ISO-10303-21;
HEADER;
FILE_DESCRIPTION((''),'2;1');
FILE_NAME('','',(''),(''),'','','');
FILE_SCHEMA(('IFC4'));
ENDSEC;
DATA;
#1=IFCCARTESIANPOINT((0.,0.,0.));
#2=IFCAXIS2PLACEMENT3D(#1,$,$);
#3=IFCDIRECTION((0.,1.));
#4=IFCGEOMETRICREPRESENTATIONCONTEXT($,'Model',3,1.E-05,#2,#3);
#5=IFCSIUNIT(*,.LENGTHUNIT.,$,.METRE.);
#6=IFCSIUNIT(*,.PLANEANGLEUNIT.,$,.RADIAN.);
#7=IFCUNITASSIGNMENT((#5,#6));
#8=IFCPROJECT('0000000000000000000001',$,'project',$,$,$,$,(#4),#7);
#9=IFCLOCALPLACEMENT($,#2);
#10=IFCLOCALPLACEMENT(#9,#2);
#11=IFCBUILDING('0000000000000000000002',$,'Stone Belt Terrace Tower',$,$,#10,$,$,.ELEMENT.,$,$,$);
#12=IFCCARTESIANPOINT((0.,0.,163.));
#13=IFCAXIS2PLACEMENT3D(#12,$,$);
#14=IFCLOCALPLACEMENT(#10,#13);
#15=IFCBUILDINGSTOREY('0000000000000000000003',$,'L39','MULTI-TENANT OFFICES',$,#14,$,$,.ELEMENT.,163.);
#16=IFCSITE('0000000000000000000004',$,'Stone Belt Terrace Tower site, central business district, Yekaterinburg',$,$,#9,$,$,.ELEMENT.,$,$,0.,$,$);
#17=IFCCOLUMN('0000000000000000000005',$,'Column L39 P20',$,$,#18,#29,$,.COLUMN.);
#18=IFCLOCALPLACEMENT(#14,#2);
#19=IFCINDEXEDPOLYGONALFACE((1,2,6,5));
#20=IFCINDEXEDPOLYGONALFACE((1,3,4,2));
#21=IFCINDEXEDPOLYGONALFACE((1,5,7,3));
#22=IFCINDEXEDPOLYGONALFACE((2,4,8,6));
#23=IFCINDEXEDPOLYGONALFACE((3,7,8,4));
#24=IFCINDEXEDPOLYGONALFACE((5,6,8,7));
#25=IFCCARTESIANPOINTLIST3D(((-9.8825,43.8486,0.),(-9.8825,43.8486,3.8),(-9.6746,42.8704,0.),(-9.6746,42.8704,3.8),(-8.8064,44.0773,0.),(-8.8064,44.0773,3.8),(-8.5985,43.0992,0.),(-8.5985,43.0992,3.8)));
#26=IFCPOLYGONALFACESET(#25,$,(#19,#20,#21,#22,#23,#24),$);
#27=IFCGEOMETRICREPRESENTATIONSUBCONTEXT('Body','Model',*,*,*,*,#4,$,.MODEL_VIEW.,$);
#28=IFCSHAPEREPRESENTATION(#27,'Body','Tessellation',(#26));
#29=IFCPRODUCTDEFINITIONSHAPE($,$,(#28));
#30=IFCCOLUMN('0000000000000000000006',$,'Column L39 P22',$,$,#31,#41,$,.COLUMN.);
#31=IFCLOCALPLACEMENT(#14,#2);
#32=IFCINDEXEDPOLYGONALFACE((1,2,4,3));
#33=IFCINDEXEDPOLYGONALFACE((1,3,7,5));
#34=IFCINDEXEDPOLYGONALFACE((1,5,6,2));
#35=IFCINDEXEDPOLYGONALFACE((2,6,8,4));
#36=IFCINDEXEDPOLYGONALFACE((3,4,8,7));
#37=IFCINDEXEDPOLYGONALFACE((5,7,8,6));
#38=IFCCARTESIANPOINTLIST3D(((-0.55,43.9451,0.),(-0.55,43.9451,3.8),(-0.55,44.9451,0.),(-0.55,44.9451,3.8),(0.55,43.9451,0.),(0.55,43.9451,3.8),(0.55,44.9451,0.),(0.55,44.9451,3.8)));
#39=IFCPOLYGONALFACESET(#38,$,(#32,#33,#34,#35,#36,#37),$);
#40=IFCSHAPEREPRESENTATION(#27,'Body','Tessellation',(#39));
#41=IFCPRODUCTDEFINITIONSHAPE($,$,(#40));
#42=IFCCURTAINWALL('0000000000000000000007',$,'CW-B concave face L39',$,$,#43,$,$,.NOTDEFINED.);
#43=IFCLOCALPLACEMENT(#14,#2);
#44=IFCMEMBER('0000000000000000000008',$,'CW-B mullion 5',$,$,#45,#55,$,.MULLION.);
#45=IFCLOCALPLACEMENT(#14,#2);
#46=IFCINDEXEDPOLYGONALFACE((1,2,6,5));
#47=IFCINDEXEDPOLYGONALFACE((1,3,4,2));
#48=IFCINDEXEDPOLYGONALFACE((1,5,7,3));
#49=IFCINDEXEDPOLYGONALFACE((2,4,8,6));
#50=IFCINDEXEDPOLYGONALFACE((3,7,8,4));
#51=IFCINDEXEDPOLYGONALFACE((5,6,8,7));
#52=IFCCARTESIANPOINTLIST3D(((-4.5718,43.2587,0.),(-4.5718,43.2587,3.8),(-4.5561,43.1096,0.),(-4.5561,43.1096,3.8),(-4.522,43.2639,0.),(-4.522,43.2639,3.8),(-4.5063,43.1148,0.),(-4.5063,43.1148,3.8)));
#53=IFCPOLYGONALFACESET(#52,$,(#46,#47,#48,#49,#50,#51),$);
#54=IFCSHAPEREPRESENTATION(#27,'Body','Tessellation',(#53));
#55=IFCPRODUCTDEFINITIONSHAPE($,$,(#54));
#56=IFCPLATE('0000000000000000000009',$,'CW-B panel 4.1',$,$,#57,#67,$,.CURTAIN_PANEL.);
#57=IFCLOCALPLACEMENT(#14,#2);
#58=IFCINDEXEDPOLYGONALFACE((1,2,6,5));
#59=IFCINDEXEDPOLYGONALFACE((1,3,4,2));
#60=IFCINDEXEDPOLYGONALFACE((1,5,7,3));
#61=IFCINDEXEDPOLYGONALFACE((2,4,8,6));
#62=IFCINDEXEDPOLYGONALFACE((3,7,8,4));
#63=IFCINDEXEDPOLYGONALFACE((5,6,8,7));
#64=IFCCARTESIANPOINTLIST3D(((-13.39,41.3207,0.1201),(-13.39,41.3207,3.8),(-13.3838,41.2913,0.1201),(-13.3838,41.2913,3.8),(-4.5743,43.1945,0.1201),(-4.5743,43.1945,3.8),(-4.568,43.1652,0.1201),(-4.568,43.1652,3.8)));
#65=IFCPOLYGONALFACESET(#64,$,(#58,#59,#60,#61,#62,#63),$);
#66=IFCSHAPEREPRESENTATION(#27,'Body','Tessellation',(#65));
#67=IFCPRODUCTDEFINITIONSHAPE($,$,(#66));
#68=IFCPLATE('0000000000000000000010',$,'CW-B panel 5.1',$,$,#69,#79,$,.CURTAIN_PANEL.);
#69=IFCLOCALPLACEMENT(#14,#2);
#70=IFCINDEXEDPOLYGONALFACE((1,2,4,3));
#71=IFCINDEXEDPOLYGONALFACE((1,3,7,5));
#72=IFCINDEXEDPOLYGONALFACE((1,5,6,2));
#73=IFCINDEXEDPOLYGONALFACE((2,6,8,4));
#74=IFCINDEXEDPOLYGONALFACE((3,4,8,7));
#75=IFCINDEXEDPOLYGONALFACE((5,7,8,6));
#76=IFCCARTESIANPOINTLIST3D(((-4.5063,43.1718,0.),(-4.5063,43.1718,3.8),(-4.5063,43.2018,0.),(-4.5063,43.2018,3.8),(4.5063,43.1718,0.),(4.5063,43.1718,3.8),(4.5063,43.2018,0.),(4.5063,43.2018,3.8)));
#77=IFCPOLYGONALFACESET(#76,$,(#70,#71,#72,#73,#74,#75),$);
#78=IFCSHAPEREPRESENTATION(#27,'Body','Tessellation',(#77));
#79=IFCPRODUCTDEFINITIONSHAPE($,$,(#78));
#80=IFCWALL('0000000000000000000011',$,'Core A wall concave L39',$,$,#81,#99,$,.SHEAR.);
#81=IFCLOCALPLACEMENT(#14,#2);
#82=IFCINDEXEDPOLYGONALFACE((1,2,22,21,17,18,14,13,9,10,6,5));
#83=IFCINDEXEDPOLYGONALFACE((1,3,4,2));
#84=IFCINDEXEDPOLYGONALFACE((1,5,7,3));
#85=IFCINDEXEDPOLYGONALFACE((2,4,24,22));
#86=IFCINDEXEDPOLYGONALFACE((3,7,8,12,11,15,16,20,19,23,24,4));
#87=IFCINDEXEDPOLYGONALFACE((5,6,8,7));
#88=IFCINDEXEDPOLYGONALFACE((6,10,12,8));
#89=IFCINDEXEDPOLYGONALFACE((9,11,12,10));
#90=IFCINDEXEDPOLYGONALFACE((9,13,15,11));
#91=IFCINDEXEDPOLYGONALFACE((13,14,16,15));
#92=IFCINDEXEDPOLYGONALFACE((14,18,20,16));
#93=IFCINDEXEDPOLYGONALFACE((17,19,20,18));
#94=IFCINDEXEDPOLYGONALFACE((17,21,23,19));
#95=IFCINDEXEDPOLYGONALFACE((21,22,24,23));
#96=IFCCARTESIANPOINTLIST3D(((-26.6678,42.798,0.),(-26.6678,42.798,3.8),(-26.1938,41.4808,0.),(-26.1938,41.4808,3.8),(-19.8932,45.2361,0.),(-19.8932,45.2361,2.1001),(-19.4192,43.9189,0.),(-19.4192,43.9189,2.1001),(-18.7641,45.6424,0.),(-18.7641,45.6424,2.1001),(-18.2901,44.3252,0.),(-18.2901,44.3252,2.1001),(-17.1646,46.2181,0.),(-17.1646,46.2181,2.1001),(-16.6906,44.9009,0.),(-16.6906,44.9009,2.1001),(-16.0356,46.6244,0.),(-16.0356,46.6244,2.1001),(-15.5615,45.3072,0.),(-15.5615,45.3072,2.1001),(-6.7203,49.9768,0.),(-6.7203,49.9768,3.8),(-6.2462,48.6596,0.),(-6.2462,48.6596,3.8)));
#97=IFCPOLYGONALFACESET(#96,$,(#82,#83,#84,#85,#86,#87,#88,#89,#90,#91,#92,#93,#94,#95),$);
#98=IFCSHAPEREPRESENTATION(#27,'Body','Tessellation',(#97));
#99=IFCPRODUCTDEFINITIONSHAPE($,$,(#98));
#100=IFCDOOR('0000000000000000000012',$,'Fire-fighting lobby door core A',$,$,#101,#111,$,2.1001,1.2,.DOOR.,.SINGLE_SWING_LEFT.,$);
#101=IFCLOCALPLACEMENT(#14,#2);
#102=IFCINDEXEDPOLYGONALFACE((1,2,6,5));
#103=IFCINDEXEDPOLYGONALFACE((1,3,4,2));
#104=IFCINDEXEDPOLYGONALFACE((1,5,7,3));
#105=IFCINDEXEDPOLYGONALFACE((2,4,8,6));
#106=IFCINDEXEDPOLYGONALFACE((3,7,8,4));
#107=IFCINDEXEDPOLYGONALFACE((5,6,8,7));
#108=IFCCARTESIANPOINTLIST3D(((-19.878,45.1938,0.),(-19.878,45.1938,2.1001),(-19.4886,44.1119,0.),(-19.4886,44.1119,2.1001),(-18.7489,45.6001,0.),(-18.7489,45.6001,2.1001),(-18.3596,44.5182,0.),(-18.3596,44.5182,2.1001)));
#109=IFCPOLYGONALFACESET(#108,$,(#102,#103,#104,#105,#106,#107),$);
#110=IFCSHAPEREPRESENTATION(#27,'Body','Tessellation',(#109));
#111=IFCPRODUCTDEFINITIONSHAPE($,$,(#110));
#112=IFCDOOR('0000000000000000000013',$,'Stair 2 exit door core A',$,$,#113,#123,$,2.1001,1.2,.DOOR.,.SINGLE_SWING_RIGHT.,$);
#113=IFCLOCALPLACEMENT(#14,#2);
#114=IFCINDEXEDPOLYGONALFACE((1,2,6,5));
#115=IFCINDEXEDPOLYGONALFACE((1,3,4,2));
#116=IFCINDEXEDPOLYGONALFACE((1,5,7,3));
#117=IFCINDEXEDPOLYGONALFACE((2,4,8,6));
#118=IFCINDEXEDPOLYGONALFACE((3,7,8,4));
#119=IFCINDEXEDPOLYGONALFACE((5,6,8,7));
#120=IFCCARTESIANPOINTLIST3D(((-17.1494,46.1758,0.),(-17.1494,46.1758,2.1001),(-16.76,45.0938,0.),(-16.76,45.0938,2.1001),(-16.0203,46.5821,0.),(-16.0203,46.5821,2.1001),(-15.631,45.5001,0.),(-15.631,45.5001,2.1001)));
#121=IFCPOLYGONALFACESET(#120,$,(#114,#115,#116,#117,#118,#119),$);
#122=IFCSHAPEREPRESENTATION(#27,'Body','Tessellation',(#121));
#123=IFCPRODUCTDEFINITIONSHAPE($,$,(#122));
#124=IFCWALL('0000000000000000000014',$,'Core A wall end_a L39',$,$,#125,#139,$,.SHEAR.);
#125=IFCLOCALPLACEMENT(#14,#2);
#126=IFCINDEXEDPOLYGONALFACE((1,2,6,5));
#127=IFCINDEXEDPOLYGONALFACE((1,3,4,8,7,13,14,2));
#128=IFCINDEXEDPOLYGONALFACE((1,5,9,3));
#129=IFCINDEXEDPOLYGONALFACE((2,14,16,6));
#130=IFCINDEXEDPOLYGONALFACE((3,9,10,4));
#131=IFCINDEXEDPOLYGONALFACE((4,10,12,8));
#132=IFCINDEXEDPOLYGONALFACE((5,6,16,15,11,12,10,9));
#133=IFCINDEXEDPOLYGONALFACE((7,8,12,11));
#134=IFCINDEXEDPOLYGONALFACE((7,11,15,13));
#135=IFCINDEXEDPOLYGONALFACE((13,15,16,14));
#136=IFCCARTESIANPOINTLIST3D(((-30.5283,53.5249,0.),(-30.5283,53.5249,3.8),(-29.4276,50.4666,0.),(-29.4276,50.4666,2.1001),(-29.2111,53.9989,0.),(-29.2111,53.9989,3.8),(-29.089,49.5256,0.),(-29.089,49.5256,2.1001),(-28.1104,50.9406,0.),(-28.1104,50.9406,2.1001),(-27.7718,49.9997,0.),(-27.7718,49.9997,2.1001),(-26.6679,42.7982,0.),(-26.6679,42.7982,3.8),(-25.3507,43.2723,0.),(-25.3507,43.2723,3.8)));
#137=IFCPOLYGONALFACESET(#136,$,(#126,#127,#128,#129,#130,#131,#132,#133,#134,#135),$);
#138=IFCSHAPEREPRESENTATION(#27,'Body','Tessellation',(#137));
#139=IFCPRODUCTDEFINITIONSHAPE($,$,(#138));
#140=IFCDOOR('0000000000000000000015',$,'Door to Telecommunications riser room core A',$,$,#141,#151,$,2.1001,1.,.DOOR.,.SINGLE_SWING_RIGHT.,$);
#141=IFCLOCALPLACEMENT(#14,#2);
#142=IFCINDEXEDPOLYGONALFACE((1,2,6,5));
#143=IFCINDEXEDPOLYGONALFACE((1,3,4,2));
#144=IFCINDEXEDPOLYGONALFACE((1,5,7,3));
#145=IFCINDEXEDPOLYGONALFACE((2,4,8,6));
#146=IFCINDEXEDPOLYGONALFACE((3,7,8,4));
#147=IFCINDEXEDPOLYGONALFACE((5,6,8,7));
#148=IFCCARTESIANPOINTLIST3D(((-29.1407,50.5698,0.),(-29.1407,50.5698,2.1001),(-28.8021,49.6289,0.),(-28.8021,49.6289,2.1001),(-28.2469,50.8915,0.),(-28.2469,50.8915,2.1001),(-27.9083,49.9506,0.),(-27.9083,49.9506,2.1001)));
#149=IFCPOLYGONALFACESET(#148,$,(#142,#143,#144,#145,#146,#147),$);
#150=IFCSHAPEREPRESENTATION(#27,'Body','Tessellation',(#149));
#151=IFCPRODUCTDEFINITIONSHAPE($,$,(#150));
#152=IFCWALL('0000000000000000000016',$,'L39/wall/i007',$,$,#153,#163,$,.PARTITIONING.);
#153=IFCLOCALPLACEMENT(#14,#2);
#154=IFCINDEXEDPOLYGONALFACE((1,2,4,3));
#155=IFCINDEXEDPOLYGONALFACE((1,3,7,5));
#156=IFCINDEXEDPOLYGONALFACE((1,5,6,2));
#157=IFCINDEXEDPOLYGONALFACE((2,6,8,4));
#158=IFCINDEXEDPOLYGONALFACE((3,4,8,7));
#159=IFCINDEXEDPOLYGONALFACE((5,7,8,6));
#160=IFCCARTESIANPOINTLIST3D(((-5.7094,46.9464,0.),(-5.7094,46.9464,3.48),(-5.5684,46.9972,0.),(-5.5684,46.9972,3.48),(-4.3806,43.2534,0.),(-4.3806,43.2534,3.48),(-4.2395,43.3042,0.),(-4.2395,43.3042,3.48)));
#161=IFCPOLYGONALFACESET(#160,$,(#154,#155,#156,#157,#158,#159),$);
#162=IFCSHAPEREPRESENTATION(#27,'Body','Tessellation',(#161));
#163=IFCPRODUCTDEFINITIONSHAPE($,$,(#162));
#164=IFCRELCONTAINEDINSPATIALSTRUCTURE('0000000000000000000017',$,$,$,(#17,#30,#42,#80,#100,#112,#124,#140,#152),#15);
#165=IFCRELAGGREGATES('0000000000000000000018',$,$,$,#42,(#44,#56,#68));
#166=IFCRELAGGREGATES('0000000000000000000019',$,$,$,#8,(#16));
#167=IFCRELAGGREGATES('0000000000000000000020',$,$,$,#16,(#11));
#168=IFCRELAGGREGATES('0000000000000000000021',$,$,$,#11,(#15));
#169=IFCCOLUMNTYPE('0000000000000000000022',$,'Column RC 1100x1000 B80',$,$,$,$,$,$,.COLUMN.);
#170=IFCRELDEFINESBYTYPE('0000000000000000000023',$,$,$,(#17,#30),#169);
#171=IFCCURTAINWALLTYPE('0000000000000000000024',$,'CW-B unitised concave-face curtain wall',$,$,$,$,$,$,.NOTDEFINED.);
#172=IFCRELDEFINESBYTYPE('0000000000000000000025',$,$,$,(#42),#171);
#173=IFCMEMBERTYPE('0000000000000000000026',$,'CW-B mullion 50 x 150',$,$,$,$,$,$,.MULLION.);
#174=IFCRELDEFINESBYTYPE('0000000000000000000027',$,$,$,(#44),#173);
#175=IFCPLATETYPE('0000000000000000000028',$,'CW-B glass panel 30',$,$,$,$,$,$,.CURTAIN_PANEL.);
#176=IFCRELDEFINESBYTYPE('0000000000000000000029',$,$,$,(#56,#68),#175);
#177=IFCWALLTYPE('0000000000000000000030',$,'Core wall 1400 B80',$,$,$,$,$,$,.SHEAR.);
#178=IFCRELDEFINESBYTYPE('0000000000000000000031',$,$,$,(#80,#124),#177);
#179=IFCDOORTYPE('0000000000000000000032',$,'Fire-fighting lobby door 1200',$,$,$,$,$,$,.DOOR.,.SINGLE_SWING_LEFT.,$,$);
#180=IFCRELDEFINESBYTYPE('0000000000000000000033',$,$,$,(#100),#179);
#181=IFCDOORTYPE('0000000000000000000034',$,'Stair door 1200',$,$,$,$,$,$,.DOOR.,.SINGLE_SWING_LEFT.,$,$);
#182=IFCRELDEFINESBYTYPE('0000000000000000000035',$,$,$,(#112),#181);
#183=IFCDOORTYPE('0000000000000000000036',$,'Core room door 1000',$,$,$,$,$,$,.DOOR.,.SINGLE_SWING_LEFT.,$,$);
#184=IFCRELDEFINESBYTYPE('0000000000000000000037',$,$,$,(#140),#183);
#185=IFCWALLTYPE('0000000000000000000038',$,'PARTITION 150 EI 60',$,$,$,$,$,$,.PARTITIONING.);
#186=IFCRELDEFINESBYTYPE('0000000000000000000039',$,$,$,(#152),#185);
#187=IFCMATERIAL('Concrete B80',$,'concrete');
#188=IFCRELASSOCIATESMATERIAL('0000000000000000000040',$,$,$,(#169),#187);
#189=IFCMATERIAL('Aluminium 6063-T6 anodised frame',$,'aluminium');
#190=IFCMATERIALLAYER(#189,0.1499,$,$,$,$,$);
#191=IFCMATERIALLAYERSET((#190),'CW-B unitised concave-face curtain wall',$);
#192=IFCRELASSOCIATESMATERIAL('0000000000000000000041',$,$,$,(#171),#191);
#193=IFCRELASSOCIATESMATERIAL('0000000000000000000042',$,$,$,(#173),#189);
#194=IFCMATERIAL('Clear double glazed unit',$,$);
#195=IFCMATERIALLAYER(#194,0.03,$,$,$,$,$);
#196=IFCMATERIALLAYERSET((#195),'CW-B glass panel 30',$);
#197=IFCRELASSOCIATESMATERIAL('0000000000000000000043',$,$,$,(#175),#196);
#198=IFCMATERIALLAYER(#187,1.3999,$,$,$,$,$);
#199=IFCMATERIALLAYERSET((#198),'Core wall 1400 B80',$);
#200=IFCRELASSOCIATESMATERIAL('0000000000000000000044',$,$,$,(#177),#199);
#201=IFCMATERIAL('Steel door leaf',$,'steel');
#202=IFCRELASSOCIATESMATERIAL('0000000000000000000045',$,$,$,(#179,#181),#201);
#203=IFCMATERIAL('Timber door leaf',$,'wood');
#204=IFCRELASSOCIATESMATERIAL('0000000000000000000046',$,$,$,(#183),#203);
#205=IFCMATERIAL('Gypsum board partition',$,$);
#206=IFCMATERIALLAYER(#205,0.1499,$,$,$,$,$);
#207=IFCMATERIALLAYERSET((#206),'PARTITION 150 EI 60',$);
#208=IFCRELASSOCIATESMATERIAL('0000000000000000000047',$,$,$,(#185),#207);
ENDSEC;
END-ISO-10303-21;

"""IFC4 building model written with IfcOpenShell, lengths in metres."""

from ifc_helpers import new_model, si_unit, direction, frame, frame_2d, origin, origin_2d, place, context, subcontext, project, spatial, rectangle, extrude, material, layer, layer_set, material_profile, profile_set, type_object, element, fill, aggregate, save


model = new_model("IFC4")

# Units and contexts
model_context = context("Model", 3, precision=1e-05, world=origin(), true_north=direction((0.0, 1.0)))
body_context = subcontext(model_context, "Body", "Model", "MODEL_VIEW")
ifc_project = project(units=[si_unit("LENGTHUNIT", "METRE"), si_unit("PLANEANGLEUNIT", "RADIAN")], contexts=[model_context])

# Site, building, storey
site_placement = place(None, origin())
site = spatial("IfcSite", under=ifc_project, at=site_placement, Name="Stone Belt Terrace Tower site, central business district, Yekaterinburg", CompositionType="ELEMENT", RefElevation=0.0)
building_placement = place(site_placement, origin())
building = spatial("IfcBuilding", under=site, at=building_placement, Name="Stone Belt Terrace Tower", CompositionType="ELEMENT")
storey_placement = place(building_placement, frame((0.0, 0.0, 163.0)))
storey = spatial("IfcBuildingStorey", under=building, at=storey_placement, Name="L39", Description="MULTI-TENANT OFFICES", CompositionType="ELEMENT", Elevation=163.0)

# Columns
ifc_material_1 = material(Name="Concrete B80", Category="concrete")
ifc_material_profile_1 = material_profile(ifc_material_1, rectangle(XDim=1.1001, YDim=1.0, at=origin_2d()), Name="RC 1100x1000")
ifc_profile_set_1 = profile_set([ifc_material_profile_1], Name="Concrete B80")
column_type = type_object("IfcColumnType", Name="Column RC 1100x1000 B80", PredefinedType="COLUMN", material=ifc_profile_set_1)
for number, where, z_axis, x_axis, name in (
    (1, (-9.2405, 43.4739, 0.0), (0.0, 0.0, 1.0), (0.978148, 0.207912, 0.0), "Column L39 P20"),
    (2, (0.0, 44.4451, 0.0), (0.0, 0.0, 1.0), (1.0, 0.0, 0.0), "Column L39 P22"),
):
    element("IfcColumn", number, at=place(storey_placement, frame(where, z_axis=z_axis, x_axis=x_axis)), inside=storey, type_object=column_type, Name=name, PredefinedType="COLUMN", context=body_context, shape_type="SweptSolid", body=[
        extrude(rectangle(XDim=1.1001, YDim=1.0, at=origin_2d()), origin(), (0.0, 0.0, 1.0), 3.8),
    ])

# Curtain wall, member, plates
ifc_material_2 = material(Name="Aluminium 6063-T6 anodised frame", Category="aluminium")
ifc_layer_1 = layer(ifc_material_2, 0.1499)
ifc_layer_set_1 = layer_set([ifc_layer_1], Name="CW-B unitised concave-face curtain wall")
curtain_wall_type = type_object("IfcCurtainWallType", Name="CW-B unitised concave-face curtain wall", PredefinedType="NOTDEFINED", material=ifc_layer_set_1)
curtain_wall_placement = place(storey_placement, origin())
curtain_wall = element("IfcCurtainWall", 3, at=curtain_wall_placement, inside=storey, type_object=curtain_wall_type, Name="CW-B concave face L39", PredefinedType="NOTDEFINED")
ifc_material_profile_2 = material_profile(ifc_material_2, rectangle(XDim=0.1499, YDim=0.05, at=origin_2d()), Name="Aluminium 6063-T6 50x150")
ifc_profile_set_2 = profile_set([ifc_material_profile_2], Name="Aluminium 6063-T6 anodised frame")
member_type = type_object("IfcMemberType", Name="CW-B mullion 50 x 150", PredefinedType="MULLION", material=ifc_profile_set_2)
member_placement = place(storey_placement, frame((-4.5391, 43.1868, 0.0), z_axis=(0.0, 0.0, 1.0), x_axis=(-0.104528, 0.994522, 0.0)))
member = element("IfcMember", 4, at=member_placement, type_object=member_type, Name="CW-B mullion 5", PredefinedType="MULLION", context=body_context, shape_type="SweptSolid", body=[
    extrude(rectangle(XDim=0.1499, YDim=0.05, at=origin_2d()), origin(), (0.0, 0.0, 1.0), 3.8),
])
ifc_material_3 = material(Name="Clear double glazed unit")
ifc_layer_2 = layer(ifc_material_3, 0.03)
ifc_layer_set_2 = layer_set([ifc_layer_2], Name="CW-B glass panel 30")
plate_type = type_object("IfcPlateType", Name="CW-B glass panel 30", PredefinedType="CURTAIN_PANEL", material=ifc_layer_set_2)
plate_1_placement = place(storey_placement, frame((-8.979, 42.2429, 0.1201), z_axis=(0.0, 0.0, 1.0), x_axis=(0.978148, 0.207912, 0.0)))
plate_1 = element("IfcPlate", 5, at=plate_1_placement, type_object=plate_type, Name="CW-B panel 4.1", PredefinedType="CURTAIN_PANEL", context=body_context, shape_type="SweptSolid", body=[
    extrude(rectangle(XDim=9.0127, YDim=0.03, at=origin_2d()), origin(), (0.0, 0.0, 1.0), 3.6799),
])
plate_2_placement = place(storey_placement, frame((0.0, 43.1868, 0.0), z_axis=(0.0, 0.0, 1.0), x_axis=(1.0, 0.0, 0.0)))
plate_2 = element("IfcPlate", 6, at=plate_2_placement, type_object=plate_type, Name="CW-B panel 5.1", PredefinedType="CURTAIN_PANEL", context=body_context, shape_type="SweptSolid", body=[
    extrude(rectangle(XDim=9.0127, YDim=0.03, at=origin_2d()), origin(), (0.0, 0.0, 1.0), 3.8),
])
aggregate(curtain_wall, [member, plate_1, plate_2])

# Wall, openings, doors
ifc_layer_3 = layer(ifc_material_1, 1.3999)
ifc_layer_set_3 = layer_set([ifc_layer_3], Name="Core wall 1400 B80")
wall_type_1 = type_object("IfcWallType", Name="Core wall 1400 B80", PredefinedType="SHEAR", material=ifc_layer_set_3)
wall_1_placement = place(storey_placement, frame((-26.4309, 42.1394, 0.0), z_axis=(0.0, 0.0, 1.0), x_axis=(0.940923, 0.33862, 0.0)))
wall_1 = element("IfcWall", 7, at=wall_1_placement, inside=storey, type_object=wall_type_1, Name="Core A wall concave L39", PredefinedType="SHEAR", context=body_context, shape_type="SweptSolid", body=[
    extrude(rectangle(XDim=21.2, YDim=1.3999, at=frame_2d((10.6001, 0.0))), origin(), (0.0, 0.0, 1.0), 3.8),
])
opening_1_placement = place(wall_1_placement, frame((7.2, 0.0, 0.0)))
opening_1 = element("IfcOpeningElement", 8, at=opening_1_placement, cuts=wall_1, PredefinedType="OPENING", context=body_context, shape_type="SweptSolid", body=[
    extrude(rectangle(XDim=1.2, YDim=2.1001, at=frame_2d((0.6001, 1.05))), frame((0.0, 0.71, 0.0), z_axis=(0.0, -1.0, 0.0), x_axis=(1.0, 0.0, 0.0)), (0.0, 0.0, 1.0), 1.4199),
])
opening_2_placement = place(wall_1_placement, frame((10.0999, 0.0, 0.0)))
opening_2 = element("IfcOpeningElement", 9, at=opening_2_placement, cuts=wall_1, PredefinedType="OPENING", context=body_context, shape_type="SweptSolid", body=[
    extrude(rectangle(XDim=1.2, YDim=2.1001, at=frame_2d((0.6001, 1.05))), frame((0.0, 0.71, 0.0), z_axis=(0.0, -1.0, 0.0), x_axis=(1.0, 0.0, 0.0)), (0.0, 0.0, 1.0), 1.4199),
])
ifc_material_4 = material(Name="Steel door leaf", Category="steel")
door_type_1 = type_object("IfcDoorType", Name="Fire-fighting lobby door 1200", OperationType="SINGLE_SWING_LEFT", PredefinedType="DOOR", material=ifc_material_4)
door_1_placement = place(opening_1_placement, origin())
door_1 = element("IfcDoor", 10, at=door_1_placement, inside=storey, type_object=door_type_1, Name="Fire-fighting lobby door core A", OperationType="SINGLE_SWING_LEFT", OverallHeight=2.1001, OverallWidth=1.2, PredefinedType="DOOR", context=body_context, shape_type="SweptSolid", body=[
    extrude(rectangle(XDim=1.2, YDim=2.1001, at=frame_2d((0.6001, 1.05))), frame((0.0, 0.655, 0.0), z_axis=(0.0, -1.0, 0.0), x_axis=(1.0, 0.0, 0.0)), (0.0, 0.0, 1.0), 1.1499),
])
fill(opening_1, door_1)
door_type_2 = type_object("IfcDoorType", Name="Stair door 1200", OperationType="SINGLE_SWING_LEFT", PredefinedType="DOOR", material=ifc_material_4)
door_2_placement = place(opening_2_placement, origin())
door_2 = element("IfcDoor", 11, at=door_2_placement, inside=storey, type_object=door_type_2, Name="Stair 2 exit door core A", OperationType="SINGLE_SWING_RIGHT", OverallHeight=2.1001, OverallWidth=1.2, PredefinedType="DOOR", context=body_context, shape_type="SweptSolid", body=[
    extrude(rectangle(XDim=1.2, YDim=2.1001, at=frame_2d((0.6001, 1.05))), frame((0.0, 0.655, 0.0), z_axis=(0.0, -1.0, 0.0), x_axis=(1.0, 0.0, 0.0)), (0.0, 0.0, 1.0), 1.1499),
])
fill(opening_2, door_2)

# Wall, opening, door
wall_2_placement = place(storey_placement, frame((-26.0093, 43.0352, 0.0), z_axis=(0.0, 0.0, 1.0), x_axis=(-0.338625, 0.940921, 0.0)))
wall_2 = element("IfcWall", 12, at=wall_2_placement, inside=storey, type_object=wall_type_1, Name="Core A wall end_a L39", PredefinedType="SHEAR", context=body_context, shape_type="SweptSolid", body=[
    extrude(rectangle(XDim=11.4001, YDim=1.3999, at=frame_2d((5.7002, 0.0))), origin(), (0.0, 0.0, 1.0), 3.8),
])
opening_3_placement = place(wall_2_placement, frame((7.1499, 0.0, 0.0)))
opening_3 = element("IfcOpeningElement", 13, at=opening_3_placement, cuts=wall_2, PredefinedType="OPENING", context=body_context, shape_type="SweptSolid", body=[
    extrude(rectangle(XDim=1.0, YDim=2.1001, at=frame_2d((0.5, 1.05))), frame((0.0, 0.71, 0.0), z_axis=(0.0, -1.0, 0.0), x_axis=(1.0, 0.0, 0.0)), (0.0, 0.0, 1.0), 1.4199),
])
ifc_material_5 = material(Name="Timber door leaf", Category="wood")
door_type_3 = type_object("IfcDoorType", Name="Core room door 1000", OperationType="SINGLE_SWING_LEFT", PredefinedType="DOOR", material=ifc_material_5)
door_3_placement = place(opening_3_placement, origin())
door_3 = element("IfcDoor", 14, at=door_3_placement, inside=storey, type_object=door_type_3, Name="Door to Telecommunications riser room core A", OperationType="SINGLE_SWING_RIGHT", OverallHeight=2.1001, OverallWidth=1.0, PredefinedType="DOOR", context=body_context, shape_type="SweptSolid", body=[
    extrude(rectangle(XDim=1.0, YDim=2.1001, at=frame_2d((0.5, 1.05))), frame((0.0, 0.395, 0.0), z_axis=(0.0, -1.0, 0.0), x_axis=(1.0, 0.0, 0.0)), (0.0, 0.0, 1.0), 0.95),
])
fill(opening_3, door_3)

# Wall
ifc_material_6 = material(Name="Gypsum board partition")
ifc_layer_4 = layer(ifc_material_6, 0.1499)
ifc_layer_set_4 = layer_set([ifc_layer_4], Name="PARTITION 150 EI 60")
wall_type_2 = type_object("IfcWallType", Name="PARTITION 150 EI 60", PredefinedType="PARTITIONING", material=ifc_layer_set_4)
wall_3_placement = place(storey_placement, frame((-4.3101, 43.2788, 0.0), z_axis=(0.0, 0.0, 1.0), x_axis=(-0.33857, 0.940941, 0.0)))
element("IfcWall", 15, at=wall_3_placement, inside=storey, type_object=wall_type_2, Name="L39/wall/i007", PredefinedType="PARTITIONING", context=body_context, shape_type="SweptSolid", body=[
    extrude(rectangle(XDim=3.9248, YDim=0.1499, at=frame_2d((1.9624, 0.0))), origin(), (0.0, 0.0, 1.0), 3.48),
])

save(model, "model.ifc")
